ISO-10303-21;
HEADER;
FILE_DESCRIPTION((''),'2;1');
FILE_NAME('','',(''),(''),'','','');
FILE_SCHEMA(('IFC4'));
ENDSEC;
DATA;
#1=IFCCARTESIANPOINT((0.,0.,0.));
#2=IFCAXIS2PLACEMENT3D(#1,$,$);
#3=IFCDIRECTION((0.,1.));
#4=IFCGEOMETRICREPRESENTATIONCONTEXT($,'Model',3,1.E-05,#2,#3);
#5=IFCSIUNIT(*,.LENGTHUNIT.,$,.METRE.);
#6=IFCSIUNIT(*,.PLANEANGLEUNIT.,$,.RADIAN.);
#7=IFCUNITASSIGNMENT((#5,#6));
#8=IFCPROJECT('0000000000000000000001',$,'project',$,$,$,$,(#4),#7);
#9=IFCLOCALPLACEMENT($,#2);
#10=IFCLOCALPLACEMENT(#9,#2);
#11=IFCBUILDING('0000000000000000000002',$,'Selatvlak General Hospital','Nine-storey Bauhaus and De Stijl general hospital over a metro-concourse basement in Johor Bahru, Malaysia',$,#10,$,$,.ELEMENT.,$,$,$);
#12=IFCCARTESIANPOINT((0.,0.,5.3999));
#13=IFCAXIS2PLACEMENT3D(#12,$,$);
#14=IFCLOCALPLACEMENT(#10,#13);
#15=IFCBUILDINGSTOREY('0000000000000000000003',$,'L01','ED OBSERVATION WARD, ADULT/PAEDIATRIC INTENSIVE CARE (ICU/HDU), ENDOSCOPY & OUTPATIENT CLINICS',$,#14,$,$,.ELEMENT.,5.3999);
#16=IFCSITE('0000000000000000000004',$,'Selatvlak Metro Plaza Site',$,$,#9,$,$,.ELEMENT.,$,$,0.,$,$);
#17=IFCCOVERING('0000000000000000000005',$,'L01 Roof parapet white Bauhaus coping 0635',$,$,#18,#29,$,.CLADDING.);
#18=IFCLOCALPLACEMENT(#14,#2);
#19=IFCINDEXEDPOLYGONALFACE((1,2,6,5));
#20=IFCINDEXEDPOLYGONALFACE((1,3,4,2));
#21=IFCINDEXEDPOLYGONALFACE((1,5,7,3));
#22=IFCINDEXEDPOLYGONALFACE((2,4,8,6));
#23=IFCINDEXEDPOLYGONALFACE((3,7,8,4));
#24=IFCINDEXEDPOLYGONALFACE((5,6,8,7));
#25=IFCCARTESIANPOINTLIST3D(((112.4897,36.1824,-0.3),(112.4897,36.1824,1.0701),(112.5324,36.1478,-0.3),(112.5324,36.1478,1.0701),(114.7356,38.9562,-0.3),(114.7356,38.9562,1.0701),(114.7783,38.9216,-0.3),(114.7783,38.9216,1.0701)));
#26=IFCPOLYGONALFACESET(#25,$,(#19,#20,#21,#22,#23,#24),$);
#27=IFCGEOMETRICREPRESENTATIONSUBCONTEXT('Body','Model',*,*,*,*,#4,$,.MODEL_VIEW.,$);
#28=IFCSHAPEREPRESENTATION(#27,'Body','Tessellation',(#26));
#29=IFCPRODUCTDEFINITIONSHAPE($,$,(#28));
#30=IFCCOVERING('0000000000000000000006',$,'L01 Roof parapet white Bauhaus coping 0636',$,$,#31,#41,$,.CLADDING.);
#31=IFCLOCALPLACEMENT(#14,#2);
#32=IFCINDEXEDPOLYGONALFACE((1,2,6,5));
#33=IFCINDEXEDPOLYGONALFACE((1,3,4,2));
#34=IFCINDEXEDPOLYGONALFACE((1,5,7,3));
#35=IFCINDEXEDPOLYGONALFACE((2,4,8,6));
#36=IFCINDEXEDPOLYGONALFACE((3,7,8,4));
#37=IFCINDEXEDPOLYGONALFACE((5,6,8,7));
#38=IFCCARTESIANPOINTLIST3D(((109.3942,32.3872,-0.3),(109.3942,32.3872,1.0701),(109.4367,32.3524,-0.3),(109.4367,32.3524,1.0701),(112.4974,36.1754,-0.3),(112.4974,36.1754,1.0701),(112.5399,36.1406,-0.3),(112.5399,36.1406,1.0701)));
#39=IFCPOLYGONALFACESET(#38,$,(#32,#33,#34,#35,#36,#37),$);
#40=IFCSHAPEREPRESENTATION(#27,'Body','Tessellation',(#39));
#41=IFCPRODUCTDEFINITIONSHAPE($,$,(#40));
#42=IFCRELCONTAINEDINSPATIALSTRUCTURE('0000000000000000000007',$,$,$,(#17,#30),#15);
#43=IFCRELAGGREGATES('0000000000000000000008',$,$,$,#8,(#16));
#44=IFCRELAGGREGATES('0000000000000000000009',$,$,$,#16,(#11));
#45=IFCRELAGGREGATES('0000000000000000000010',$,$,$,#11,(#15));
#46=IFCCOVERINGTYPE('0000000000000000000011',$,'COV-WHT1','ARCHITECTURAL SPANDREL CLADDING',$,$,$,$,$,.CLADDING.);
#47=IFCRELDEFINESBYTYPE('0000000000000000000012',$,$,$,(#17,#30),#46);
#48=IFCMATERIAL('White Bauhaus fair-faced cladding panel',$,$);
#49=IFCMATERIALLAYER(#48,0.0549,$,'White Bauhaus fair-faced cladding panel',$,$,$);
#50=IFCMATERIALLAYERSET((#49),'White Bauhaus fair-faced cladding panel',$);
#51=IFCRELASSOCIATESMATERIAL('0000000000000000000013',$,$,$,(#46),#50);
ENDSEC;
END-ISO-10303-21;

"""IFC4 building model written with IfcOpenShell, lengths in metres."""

from ifc_helpers import new_model, si_unit, direction, frame, origin, origin_2d, place, context, subcontext, project, spatial, rectangle, extrude, material, layer, layer_set, type_object, element, save


model = new_model("IFC4")

# Units and contexts
model_context = context("Model", 3, precision=1e-05, world=origin(), true_north=direction((0.0, 1.0)))
body_context = subcontext(model_context, "Body", "Model", "MODEL_VIEW")
ifc_project = project(units=[si_unit("LENGTHUNIT", "METRE"), si_unit("PLANEANGLEUNIT", "RADIAN")], contexts=[model_context])

# Site, building, storey
site_placement = place(None, origin())
site = spatial("IfcSite", under=ifc_project, at=site_placement, Name="Selatvlak Metro Plaza Site", CompositionType="ELEMENT", RefElevation=0.0)
building_placement = place(site_placement, origin())
building = spatial("IfcBuilding", under=site, at=building_placement, Name="Selatvlak General Hospital", Description="Nine-storey Bauhaus and De Stijl general hospital over a metro-concourse basement in Johor Bahru, Malaysia", CompositionType="ELEMENT")
storey_placement = place(building_placement, frame((0.0, 0.0, 5.3999)))
storey = spatial("IfcBuildingStorey", under=building, at=storey_placement, Name="L01", Description="ED OBSERVATION WARD, ADULT/PAEDIATRIC INTENSIVE CARE (ICU/HDU), ENDOSCOPY & OUTPATIENT CLINICS", CompositionType="ELEMENT", Elevation=5.3999)

# Coverings
ifc_material_1 = material(Name="White Bauhaus fair-faced cladding panel")
ifc_layer_1 = layer(ifc_material_1, 0.0549, Name="White Bauhaus fair-faced cladding panel")
ifc_layer_set_1 = layer_set([ifc_layer_1], Name="White Bauhaus fair-faced cladding panel")
covering_type_1 = type_object("IfcCoveringType", Name="COV-WHT1", Description="ARCHITECTURAL SPANDREL CLADDING", PredefinedType="CLADDING", material=ifc_layer_set_1)
covering_1_placement = place(storey_placement, frame((113.634, 37.552, -0.3), z_axis=(0.0, 0.0, 1.0), x_axis=(-0.629266, -0.77719, 0.0)))
element("IfcCovering", 1, at=covering_1_placement, inside=storey, type_object=covering_type_1, Name="L01 Roof parapet white Bauhaus coping 0635", PredefinedType="CLADDING", context=body_context, shape_type="SweptSolid", body=[
    extrude(rectangle(XDim=3.5691, YDim=0.0549, at=origin_2d()), origin(), (0.0, 0.0, 1.0), 1.3701),
])
covering_2_placement = place(storey_placement, frame((110.967, 34.2639, -0.3), z_axis=(0.0, 0.0, 1.0), x_axis=(-0.633691, -0.773586, 0.0)))
element("IfcCovering", 2, at=covering_2_placement, inside=storey, type_object=covering_type_1, Name="L01 Roof parapet white Bauhaus coping 0636", PredefinedType="CLADDING", context=body_context, shape_type="SweptSolid", body=[
    extrude(rectangle(XDim=4.897, YDim=0.0549, at=origin_2d()), origin(), (0.0, 0.0, 1.0), 1.3701),
])

save(model, "model.ifc")
